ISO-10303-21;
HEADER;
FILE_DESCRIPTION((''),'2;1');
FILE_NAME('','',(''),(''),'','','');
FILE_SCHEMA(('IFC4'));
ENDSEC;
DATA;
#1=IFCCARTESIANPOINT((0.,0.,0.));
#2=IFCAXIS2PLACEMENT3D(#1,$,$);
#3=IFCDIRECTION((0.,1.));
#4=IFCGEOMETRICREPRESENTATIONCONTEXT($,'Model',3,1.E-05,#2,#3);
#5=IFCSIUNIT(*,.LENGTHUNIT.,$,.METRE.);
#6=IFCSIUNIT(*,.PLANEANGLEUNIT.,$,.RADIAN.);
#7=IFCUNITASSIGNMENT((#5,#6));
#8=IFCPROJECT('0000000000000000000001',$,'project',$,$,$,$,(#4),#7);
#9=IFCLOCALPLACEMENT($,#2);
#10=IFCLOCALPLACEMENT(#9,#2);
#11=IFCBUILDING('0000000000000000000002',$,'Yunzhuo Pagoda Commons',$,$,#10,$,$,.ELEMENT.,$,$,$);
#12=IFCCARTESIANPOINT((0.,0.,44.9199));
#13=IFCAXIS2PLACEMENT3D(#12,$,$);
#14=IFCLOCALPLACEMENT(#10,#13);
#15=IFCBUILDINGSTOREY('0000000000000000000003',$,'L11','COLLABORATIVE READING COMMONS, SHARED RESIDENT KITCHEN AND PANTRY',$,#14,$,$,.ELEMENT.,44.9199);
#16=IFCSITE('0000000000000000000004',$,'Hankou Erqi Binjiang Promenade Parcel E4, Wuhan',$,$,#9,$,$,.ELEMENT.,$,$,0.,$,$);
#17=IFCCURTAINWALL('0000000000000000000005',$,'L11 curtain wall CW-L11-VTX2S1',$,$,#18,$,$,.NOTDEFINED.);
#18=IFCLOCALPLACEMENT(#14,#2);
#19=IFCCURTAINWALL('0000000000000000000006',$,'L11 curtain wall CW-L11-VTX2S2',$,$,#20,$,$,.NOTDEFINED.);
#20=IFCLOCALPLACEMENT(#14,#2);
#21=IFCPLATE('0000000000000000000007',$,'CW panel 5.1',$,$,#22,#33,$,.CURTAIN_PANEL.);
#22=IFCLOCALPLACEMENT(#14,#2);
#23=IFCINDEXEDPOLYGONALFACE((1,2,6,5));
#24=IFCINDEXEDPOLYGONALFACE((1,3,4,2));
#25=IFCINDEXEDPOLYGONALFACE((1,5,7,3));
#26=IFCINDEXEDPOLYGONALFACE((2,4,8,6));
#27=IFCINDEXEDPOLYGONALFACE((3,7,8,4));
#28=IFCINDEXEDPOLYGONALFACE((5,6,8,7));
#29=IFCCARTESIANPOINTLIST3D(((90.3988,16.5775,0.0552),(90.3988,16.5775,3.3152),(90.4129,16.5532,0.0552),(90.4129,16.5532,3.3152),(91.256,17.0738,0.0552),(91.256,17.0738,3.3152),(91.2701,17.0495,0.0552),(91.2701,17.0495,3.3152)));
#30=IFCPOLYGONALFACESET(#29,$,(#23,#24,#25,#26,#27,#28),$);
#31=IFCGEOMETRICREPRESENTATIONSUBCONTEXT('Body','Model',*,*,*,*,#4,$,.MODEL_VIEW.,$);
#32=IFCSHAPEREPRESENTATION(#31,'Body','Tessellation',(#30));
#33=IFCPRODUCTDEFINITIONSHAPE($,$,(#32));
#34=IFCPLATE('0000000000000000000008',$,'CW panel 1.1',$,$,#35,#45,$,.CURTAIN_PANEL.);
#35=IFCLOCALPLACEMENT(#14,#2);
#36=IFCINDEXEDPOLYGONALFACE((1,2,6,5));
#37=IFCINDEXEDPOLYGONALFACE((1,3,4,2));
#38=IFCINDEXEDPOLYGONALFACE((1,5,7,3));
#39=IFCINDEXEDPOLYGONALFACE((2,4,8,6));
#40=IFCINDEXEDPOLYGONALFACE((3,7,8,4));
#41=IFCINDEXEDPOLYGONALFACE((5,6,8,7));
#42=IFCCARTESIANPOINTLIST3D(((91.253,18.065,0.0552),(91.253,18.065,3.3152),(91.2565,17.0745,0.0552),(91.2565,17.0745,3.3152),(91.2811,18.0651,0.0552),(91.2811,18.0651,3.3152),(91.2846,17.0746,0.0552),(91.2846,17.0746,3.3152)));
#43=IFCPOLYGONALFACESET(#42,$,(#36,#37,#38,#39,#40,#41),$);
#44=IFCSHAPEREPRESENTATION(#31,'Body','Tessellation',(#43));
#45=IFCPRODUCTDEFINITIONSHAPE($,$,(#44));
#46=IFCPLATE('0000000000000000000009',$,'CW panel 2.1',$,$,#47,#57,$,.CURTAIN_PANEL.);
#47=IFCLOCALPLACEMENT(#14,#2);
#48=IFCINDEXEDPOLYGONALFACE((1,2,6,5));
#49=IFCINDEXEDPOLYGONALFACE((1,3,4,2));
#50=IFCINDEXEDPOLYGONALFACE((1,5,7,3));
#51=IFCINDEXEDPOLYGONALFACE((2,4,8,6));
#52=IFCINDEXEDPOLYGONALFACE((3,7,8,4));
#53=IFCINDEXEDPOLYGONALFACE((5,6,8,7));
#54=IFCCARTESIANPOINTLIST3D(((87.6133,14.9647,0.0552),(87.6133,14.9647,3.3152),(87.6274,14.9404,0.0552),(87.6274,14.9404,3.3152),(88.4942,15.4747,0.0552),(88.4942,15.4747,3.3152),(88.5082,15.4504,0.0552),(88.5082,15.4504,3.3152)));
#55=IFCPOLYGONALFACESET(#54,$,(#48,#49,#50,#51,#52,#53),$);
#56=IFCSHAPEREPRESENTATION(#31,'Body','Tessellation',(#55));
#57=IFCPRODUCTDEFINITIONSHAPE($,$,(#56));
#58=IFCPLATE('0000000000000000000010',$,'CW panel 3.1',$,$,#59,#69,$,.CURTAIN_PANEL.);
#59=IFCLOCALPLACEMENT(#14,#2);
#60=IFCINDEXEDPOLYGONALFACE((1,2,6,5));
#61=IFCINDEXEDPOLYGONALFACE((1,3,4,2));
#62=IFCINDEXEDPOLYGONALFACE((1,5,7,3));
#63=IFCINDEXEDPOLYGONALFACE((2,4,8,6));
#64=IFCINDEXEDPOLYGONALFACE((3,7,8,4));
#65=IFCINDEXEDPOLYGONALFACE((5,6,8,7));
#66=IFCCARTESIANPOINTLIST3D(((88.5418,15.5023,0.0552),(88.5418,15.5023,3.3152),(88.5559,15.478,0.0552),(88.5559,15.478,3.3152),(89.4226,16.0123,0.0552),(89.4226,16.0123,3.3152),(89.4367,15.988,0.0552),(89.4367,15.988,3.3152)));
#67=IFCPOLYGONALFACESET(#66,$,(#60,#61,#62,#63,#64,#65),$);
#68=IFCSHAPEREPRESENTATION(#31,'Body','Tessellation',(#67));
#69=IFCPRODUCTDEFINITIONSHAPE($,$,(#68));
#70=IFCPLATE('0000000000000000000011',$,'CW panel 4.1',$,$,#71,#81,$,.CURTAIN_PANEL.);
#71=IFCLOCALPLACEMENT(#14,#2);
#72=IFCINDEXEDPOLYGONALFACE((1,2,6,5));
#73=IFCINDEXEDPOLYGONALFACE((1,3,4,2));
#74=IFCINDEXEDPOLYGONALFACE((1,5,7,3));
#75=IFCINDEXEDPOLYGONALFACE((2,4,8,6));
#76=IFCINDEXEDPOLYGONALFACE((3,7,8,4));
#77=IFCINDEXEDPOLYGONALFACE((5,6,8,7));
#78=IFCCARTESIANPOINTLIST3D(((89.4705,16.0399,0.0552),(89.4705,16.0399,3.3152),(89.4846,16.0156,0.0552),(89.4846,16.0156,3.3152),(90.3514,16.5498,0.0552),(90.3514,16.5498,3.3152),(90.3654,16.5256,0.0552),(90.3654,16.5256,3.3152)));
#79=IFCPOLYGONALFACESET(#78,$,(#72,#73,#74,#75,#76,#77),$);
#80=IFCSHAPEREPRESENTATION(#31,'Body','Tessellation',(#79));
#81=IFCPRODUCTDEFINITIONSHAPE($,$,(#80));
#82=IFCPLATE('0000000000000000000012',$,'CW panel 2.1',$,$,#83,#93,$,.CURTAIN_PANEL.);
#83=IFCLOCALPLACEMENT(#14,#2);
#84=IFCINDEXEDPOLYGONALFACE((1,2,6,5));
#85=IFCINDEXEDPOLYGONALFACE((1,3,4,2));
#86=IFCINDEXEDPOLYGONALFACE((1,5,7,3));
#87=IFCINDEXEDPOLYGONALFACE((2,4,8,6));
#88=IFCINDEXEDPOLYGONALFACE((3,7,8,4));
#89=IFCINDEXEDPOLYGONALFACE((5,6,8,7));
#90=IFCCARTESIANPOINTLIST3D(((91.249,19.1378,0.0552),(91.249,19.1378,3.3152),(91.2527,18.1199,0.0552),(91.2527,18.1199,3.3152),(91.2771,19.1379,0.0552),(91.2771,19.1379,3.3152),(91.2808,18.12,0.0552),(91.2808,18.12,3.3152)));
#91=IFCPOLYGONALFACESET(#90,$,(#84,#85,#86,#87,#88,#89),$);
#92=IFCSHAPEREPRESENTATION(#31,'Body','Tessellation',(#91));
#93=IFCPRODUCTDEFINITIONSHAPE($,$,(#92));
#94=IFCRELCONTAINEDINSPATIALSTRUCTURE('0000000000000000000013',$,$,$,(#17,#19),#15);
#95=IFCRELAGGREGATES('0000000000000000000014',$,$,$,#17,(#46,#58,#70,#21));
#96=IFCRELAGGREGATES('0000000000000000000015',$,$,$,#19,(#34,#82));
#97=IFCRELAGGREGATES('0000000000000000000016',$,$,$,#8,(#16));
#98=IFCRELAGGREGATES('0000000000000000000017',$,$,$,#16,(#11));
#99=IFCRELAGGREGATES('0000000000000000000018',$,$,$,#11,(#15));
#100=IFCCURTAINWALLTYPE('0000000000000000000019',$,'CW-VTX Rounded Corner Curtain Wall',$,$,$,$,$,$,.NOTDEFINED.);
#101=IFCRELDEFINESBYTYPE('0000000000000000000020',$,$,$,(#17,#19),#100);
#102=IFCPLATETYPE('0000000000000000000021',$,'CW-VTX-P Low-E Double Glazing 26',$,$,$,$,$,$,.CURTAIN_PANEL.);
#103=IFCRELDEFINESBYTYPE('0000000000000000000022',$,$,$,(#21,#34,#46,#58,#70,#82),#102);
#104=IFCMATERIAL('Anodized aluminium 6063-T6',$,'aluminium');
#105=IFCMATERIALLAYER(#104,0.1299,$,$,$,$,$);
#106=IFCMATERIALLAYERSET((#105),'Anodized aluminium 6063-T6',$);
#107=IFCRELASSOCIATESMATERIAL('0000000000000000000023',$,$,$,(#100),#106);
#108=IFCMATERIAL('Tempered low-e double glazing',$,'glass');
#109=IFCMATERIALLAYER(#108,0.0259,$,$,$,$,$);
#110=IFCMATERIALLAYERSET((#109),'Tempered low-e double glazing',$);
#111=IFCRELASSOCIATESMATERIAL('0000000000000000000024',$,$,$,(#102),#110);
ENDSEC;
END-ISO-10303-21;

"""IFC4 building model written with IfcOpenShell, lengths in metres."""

from ifc_helpers import new_model, si_unit, direction, frame, origin, origin_2d, place, context, subcontext, project, spatial, rectangle, extrude, source, transform, mapped, material, layer, layer_set, type_object, element, aggregate, save


model = new_model("IFC4")

# Units and contexts
model_context = context("Model", 3, precision=1e-05, world=origin(), true_north=direction((0.0, 1.0)))
body_context = subcontext(model_context, "Body", "Model", "MODEL_VIEW")
ifc_project = project(units=[si_unit("LENGTHUNIT", "METRE"), si_unit("PLANEANGLEUNIT", "RADIAN")], contexts=[model_context])

# Site, building, storey
site_placement = place(None, origin())
site = spatial("IfcSite", under=ifc_project, at=site_placement, Name="Hankou Erqi Binjiang Promenade Parcel E4, Wuhan", CompositionType="ELEMENT", RefElevation=0.0)
building_placement = place(site_placement, origin())
building = spatial("IfcBuilding", under=site, at=building_placement, Name="Yunzhuo Pagoda Commons", CompositionType="ELEMENT")
storey_placement = place(building_placement, frame((0.0, 0.0, 44.9199)))
storey = spatial("IfcBuildingStorey", under=building, at=storey_placement, Name="L11", Description="COLLABORATIVE READING COMMONS, SHARED RESIDENT KITCHEN AND PANTRY", CompositionType="ELEMENT", Elevation=44.9199)

# Shared definitions
ifc_material_1 = material(Name="Anodized aluminium 6063-T6", Category="aluminium")

# Curtain walls
ifc_layer_1 = layer(ifc_material_1, 0.1299)
ifc_layer_set_1 = layer_set([ifc_layer_1], Name="Anodized aluminium 6063-T6")
curtain_wall_type_1 = type_object("IfcCurtainWallType", Name="CW-VTX Rounded Corner Curtain Wall", PredefinedType="NOTDEFINED", material=ifc_layer_set_1)
curtain_wall_1_placement = place(storey_placement, origin())
curtain_wall_1 = element("IfcCurtainWall", 1, at=curtain_wall_1_placement, inside=storey, type_object=curtain_wall_type_1, Name="L11 curtain wall CW-L11-VTX2S1", PredefinedType="NOTDEFINED")
curtain_wall_2_placement = place(storey_placement, origin())
curtain_wall_2 = element("IfcCurtainWall", 2, at=curtain_wall_2_placement, inside=storey, type_object=curtain_wall_type_1, Name="L11 curtain wall CW-L11-VTX2S2", PredefinedType="NOTDEFINED")

# Plates
ifc_material_2 = material(Name="Tempered low-e double glazing", Category="glass")
ifc_layer_2 = layer(ifc_material_2, 0.0259)
ifc_layer_set_2 = layer_set([ifc_layer_2], Name="Tempered low-e double glazing")
plate_type = type_object("IfcPlateType", Name="CW-VTX-P Low-E Double Glazing 26", PredefinedType="CURTAIN_PANEL", material=ifc_layer_set_2)
shared_shape_1 = source(origin(), body_context, "Body", "SweptSolid", [
    extrude(rectangle(XDim=0.9905, YDim=0.0281, at=origin_2d()), origin(), (0.0, 0.0, 1.0), 3.26),
])
plate_1_placement = place(storey_placement, frame((90.8345, 16.8135, 0.0552), z_axis=(0.0, 0.0, 1.0), x_axis=(0.865423, 0.501041, 0.0)))
plate_1 = element("IfcPlate", 3, at=plate_1_placement, type_object=plate_type, Name="CW panel 5.1", PredefinedType="CURTAIN_PANEL", context=body_context, shape_type="MappedRepresentation", body=[
    mapped(shared_shape_1, transform((0.0, 0.0, 0.0), scale=1.0)),
])
plate_2_placement = place(storey_placement, frame((91.2688, 17.5698, 0.0552), z_axis=(0.0, 0.0, 1.0), x_axis=(-0.003579, 0.999994, 0.0)))
plate_2 = element("IfcPlate", 4, at=plate_2_placement, type_object=plate_type, Name="CW panel 1.1", PredefinedType="CURTAIN_PANEL", context=body_context, shape_type="MappedRepresentation", body=[
    mapped(shared_shape_1, transform((0.0, 0.0, 0.0), scale=1.0)),
])
shared_shape_2 = source(origin(), body_context, "Body", "SweptSolid", [
    extrude(rectangle(XDim=1.0178, YDim=0.0281, at=origin_2d()), origin(), (0.0, 0.0, 1.0), 3.26),
])
plate_3_placement = place(storey_placement, frame((88.0608, 15.2075, 0.0552), z_axis=(0.0, 0.0, 1.0), x_axis=(0.865423, 0.501041, 0.0)))
plate_3 = element("IfcPlate", 5, at=plate_3_placement, type_object=plate_type, Name="CW panel 2.1", PredefinedType="CURTAIN_PANEL", context=body_context, shape_type="MappedRepresentation", body=[
    mapped(shared_shape_2, transform((0.0, 0.0, 0.0), scale=1.0)),
])
plate_4_placement = place(storey_placement, frame((88.9893, 15.7451, 0.0552), z_axis=(0.0, 0.0, 1.0), x_axis=(0.865423, 0.501041, 0.0)))
plate_4 = element("IfcPlate", 6, at=plate_4_placement, type_object=plate_type, Name="CW panel 3.1", PredefinedType="CURTAIN_PANEL", context=body_context, shape_type="MappedRepresentation", body=[
    mapped(shared_shape_2, transform((0.0, 0.0, 0.0), scale=1.0)),
])
plate_5_placement = place(storey_placement, frame((89.918, 16.2827, 0.0552), z_axis=(0.0, 0.0, 1.0), x_axis=(0.865423, 0.501041, 0.0)))
plate_5 = element("IfcPlate", 7, at=plate_5_placement, type_object=plate_type, Name="CW panel 4.1", PredefinedType="CURTAIN_PANEL", context=body_context, shape_type="MappedRepresentation", body=[
    mapped(shared_shape_2, transform((0.0, 0.0, 0.0), scale=1.0)),
])
aggregate(curtain_wall_1, [plate_3, plate_4, plate_5, plate_1])
plate_6_placement = place(storey_placement, frame((91.2649, 18.6289, 0.0552), z_axis=(0.0, 0.0, 1.0), x_axis=(-0.003579, 0.999994, 0.0)))
plate_6 = element("IfcPlate", 8, at=plate_6_placement, type_object=plate_type, Name="CW panel 2.1", PredefinedType="CURTAIN_PANEL", context=body_context, shape_type="MappedRepresentation", body=[
    mapped(shared_shape_2, transform((0.0, 0.0, 0.0), scale=1.0)),
])
aggregate(curtain_wall_2, [plate_2, plate_6])

save(model, "model.ifc")
